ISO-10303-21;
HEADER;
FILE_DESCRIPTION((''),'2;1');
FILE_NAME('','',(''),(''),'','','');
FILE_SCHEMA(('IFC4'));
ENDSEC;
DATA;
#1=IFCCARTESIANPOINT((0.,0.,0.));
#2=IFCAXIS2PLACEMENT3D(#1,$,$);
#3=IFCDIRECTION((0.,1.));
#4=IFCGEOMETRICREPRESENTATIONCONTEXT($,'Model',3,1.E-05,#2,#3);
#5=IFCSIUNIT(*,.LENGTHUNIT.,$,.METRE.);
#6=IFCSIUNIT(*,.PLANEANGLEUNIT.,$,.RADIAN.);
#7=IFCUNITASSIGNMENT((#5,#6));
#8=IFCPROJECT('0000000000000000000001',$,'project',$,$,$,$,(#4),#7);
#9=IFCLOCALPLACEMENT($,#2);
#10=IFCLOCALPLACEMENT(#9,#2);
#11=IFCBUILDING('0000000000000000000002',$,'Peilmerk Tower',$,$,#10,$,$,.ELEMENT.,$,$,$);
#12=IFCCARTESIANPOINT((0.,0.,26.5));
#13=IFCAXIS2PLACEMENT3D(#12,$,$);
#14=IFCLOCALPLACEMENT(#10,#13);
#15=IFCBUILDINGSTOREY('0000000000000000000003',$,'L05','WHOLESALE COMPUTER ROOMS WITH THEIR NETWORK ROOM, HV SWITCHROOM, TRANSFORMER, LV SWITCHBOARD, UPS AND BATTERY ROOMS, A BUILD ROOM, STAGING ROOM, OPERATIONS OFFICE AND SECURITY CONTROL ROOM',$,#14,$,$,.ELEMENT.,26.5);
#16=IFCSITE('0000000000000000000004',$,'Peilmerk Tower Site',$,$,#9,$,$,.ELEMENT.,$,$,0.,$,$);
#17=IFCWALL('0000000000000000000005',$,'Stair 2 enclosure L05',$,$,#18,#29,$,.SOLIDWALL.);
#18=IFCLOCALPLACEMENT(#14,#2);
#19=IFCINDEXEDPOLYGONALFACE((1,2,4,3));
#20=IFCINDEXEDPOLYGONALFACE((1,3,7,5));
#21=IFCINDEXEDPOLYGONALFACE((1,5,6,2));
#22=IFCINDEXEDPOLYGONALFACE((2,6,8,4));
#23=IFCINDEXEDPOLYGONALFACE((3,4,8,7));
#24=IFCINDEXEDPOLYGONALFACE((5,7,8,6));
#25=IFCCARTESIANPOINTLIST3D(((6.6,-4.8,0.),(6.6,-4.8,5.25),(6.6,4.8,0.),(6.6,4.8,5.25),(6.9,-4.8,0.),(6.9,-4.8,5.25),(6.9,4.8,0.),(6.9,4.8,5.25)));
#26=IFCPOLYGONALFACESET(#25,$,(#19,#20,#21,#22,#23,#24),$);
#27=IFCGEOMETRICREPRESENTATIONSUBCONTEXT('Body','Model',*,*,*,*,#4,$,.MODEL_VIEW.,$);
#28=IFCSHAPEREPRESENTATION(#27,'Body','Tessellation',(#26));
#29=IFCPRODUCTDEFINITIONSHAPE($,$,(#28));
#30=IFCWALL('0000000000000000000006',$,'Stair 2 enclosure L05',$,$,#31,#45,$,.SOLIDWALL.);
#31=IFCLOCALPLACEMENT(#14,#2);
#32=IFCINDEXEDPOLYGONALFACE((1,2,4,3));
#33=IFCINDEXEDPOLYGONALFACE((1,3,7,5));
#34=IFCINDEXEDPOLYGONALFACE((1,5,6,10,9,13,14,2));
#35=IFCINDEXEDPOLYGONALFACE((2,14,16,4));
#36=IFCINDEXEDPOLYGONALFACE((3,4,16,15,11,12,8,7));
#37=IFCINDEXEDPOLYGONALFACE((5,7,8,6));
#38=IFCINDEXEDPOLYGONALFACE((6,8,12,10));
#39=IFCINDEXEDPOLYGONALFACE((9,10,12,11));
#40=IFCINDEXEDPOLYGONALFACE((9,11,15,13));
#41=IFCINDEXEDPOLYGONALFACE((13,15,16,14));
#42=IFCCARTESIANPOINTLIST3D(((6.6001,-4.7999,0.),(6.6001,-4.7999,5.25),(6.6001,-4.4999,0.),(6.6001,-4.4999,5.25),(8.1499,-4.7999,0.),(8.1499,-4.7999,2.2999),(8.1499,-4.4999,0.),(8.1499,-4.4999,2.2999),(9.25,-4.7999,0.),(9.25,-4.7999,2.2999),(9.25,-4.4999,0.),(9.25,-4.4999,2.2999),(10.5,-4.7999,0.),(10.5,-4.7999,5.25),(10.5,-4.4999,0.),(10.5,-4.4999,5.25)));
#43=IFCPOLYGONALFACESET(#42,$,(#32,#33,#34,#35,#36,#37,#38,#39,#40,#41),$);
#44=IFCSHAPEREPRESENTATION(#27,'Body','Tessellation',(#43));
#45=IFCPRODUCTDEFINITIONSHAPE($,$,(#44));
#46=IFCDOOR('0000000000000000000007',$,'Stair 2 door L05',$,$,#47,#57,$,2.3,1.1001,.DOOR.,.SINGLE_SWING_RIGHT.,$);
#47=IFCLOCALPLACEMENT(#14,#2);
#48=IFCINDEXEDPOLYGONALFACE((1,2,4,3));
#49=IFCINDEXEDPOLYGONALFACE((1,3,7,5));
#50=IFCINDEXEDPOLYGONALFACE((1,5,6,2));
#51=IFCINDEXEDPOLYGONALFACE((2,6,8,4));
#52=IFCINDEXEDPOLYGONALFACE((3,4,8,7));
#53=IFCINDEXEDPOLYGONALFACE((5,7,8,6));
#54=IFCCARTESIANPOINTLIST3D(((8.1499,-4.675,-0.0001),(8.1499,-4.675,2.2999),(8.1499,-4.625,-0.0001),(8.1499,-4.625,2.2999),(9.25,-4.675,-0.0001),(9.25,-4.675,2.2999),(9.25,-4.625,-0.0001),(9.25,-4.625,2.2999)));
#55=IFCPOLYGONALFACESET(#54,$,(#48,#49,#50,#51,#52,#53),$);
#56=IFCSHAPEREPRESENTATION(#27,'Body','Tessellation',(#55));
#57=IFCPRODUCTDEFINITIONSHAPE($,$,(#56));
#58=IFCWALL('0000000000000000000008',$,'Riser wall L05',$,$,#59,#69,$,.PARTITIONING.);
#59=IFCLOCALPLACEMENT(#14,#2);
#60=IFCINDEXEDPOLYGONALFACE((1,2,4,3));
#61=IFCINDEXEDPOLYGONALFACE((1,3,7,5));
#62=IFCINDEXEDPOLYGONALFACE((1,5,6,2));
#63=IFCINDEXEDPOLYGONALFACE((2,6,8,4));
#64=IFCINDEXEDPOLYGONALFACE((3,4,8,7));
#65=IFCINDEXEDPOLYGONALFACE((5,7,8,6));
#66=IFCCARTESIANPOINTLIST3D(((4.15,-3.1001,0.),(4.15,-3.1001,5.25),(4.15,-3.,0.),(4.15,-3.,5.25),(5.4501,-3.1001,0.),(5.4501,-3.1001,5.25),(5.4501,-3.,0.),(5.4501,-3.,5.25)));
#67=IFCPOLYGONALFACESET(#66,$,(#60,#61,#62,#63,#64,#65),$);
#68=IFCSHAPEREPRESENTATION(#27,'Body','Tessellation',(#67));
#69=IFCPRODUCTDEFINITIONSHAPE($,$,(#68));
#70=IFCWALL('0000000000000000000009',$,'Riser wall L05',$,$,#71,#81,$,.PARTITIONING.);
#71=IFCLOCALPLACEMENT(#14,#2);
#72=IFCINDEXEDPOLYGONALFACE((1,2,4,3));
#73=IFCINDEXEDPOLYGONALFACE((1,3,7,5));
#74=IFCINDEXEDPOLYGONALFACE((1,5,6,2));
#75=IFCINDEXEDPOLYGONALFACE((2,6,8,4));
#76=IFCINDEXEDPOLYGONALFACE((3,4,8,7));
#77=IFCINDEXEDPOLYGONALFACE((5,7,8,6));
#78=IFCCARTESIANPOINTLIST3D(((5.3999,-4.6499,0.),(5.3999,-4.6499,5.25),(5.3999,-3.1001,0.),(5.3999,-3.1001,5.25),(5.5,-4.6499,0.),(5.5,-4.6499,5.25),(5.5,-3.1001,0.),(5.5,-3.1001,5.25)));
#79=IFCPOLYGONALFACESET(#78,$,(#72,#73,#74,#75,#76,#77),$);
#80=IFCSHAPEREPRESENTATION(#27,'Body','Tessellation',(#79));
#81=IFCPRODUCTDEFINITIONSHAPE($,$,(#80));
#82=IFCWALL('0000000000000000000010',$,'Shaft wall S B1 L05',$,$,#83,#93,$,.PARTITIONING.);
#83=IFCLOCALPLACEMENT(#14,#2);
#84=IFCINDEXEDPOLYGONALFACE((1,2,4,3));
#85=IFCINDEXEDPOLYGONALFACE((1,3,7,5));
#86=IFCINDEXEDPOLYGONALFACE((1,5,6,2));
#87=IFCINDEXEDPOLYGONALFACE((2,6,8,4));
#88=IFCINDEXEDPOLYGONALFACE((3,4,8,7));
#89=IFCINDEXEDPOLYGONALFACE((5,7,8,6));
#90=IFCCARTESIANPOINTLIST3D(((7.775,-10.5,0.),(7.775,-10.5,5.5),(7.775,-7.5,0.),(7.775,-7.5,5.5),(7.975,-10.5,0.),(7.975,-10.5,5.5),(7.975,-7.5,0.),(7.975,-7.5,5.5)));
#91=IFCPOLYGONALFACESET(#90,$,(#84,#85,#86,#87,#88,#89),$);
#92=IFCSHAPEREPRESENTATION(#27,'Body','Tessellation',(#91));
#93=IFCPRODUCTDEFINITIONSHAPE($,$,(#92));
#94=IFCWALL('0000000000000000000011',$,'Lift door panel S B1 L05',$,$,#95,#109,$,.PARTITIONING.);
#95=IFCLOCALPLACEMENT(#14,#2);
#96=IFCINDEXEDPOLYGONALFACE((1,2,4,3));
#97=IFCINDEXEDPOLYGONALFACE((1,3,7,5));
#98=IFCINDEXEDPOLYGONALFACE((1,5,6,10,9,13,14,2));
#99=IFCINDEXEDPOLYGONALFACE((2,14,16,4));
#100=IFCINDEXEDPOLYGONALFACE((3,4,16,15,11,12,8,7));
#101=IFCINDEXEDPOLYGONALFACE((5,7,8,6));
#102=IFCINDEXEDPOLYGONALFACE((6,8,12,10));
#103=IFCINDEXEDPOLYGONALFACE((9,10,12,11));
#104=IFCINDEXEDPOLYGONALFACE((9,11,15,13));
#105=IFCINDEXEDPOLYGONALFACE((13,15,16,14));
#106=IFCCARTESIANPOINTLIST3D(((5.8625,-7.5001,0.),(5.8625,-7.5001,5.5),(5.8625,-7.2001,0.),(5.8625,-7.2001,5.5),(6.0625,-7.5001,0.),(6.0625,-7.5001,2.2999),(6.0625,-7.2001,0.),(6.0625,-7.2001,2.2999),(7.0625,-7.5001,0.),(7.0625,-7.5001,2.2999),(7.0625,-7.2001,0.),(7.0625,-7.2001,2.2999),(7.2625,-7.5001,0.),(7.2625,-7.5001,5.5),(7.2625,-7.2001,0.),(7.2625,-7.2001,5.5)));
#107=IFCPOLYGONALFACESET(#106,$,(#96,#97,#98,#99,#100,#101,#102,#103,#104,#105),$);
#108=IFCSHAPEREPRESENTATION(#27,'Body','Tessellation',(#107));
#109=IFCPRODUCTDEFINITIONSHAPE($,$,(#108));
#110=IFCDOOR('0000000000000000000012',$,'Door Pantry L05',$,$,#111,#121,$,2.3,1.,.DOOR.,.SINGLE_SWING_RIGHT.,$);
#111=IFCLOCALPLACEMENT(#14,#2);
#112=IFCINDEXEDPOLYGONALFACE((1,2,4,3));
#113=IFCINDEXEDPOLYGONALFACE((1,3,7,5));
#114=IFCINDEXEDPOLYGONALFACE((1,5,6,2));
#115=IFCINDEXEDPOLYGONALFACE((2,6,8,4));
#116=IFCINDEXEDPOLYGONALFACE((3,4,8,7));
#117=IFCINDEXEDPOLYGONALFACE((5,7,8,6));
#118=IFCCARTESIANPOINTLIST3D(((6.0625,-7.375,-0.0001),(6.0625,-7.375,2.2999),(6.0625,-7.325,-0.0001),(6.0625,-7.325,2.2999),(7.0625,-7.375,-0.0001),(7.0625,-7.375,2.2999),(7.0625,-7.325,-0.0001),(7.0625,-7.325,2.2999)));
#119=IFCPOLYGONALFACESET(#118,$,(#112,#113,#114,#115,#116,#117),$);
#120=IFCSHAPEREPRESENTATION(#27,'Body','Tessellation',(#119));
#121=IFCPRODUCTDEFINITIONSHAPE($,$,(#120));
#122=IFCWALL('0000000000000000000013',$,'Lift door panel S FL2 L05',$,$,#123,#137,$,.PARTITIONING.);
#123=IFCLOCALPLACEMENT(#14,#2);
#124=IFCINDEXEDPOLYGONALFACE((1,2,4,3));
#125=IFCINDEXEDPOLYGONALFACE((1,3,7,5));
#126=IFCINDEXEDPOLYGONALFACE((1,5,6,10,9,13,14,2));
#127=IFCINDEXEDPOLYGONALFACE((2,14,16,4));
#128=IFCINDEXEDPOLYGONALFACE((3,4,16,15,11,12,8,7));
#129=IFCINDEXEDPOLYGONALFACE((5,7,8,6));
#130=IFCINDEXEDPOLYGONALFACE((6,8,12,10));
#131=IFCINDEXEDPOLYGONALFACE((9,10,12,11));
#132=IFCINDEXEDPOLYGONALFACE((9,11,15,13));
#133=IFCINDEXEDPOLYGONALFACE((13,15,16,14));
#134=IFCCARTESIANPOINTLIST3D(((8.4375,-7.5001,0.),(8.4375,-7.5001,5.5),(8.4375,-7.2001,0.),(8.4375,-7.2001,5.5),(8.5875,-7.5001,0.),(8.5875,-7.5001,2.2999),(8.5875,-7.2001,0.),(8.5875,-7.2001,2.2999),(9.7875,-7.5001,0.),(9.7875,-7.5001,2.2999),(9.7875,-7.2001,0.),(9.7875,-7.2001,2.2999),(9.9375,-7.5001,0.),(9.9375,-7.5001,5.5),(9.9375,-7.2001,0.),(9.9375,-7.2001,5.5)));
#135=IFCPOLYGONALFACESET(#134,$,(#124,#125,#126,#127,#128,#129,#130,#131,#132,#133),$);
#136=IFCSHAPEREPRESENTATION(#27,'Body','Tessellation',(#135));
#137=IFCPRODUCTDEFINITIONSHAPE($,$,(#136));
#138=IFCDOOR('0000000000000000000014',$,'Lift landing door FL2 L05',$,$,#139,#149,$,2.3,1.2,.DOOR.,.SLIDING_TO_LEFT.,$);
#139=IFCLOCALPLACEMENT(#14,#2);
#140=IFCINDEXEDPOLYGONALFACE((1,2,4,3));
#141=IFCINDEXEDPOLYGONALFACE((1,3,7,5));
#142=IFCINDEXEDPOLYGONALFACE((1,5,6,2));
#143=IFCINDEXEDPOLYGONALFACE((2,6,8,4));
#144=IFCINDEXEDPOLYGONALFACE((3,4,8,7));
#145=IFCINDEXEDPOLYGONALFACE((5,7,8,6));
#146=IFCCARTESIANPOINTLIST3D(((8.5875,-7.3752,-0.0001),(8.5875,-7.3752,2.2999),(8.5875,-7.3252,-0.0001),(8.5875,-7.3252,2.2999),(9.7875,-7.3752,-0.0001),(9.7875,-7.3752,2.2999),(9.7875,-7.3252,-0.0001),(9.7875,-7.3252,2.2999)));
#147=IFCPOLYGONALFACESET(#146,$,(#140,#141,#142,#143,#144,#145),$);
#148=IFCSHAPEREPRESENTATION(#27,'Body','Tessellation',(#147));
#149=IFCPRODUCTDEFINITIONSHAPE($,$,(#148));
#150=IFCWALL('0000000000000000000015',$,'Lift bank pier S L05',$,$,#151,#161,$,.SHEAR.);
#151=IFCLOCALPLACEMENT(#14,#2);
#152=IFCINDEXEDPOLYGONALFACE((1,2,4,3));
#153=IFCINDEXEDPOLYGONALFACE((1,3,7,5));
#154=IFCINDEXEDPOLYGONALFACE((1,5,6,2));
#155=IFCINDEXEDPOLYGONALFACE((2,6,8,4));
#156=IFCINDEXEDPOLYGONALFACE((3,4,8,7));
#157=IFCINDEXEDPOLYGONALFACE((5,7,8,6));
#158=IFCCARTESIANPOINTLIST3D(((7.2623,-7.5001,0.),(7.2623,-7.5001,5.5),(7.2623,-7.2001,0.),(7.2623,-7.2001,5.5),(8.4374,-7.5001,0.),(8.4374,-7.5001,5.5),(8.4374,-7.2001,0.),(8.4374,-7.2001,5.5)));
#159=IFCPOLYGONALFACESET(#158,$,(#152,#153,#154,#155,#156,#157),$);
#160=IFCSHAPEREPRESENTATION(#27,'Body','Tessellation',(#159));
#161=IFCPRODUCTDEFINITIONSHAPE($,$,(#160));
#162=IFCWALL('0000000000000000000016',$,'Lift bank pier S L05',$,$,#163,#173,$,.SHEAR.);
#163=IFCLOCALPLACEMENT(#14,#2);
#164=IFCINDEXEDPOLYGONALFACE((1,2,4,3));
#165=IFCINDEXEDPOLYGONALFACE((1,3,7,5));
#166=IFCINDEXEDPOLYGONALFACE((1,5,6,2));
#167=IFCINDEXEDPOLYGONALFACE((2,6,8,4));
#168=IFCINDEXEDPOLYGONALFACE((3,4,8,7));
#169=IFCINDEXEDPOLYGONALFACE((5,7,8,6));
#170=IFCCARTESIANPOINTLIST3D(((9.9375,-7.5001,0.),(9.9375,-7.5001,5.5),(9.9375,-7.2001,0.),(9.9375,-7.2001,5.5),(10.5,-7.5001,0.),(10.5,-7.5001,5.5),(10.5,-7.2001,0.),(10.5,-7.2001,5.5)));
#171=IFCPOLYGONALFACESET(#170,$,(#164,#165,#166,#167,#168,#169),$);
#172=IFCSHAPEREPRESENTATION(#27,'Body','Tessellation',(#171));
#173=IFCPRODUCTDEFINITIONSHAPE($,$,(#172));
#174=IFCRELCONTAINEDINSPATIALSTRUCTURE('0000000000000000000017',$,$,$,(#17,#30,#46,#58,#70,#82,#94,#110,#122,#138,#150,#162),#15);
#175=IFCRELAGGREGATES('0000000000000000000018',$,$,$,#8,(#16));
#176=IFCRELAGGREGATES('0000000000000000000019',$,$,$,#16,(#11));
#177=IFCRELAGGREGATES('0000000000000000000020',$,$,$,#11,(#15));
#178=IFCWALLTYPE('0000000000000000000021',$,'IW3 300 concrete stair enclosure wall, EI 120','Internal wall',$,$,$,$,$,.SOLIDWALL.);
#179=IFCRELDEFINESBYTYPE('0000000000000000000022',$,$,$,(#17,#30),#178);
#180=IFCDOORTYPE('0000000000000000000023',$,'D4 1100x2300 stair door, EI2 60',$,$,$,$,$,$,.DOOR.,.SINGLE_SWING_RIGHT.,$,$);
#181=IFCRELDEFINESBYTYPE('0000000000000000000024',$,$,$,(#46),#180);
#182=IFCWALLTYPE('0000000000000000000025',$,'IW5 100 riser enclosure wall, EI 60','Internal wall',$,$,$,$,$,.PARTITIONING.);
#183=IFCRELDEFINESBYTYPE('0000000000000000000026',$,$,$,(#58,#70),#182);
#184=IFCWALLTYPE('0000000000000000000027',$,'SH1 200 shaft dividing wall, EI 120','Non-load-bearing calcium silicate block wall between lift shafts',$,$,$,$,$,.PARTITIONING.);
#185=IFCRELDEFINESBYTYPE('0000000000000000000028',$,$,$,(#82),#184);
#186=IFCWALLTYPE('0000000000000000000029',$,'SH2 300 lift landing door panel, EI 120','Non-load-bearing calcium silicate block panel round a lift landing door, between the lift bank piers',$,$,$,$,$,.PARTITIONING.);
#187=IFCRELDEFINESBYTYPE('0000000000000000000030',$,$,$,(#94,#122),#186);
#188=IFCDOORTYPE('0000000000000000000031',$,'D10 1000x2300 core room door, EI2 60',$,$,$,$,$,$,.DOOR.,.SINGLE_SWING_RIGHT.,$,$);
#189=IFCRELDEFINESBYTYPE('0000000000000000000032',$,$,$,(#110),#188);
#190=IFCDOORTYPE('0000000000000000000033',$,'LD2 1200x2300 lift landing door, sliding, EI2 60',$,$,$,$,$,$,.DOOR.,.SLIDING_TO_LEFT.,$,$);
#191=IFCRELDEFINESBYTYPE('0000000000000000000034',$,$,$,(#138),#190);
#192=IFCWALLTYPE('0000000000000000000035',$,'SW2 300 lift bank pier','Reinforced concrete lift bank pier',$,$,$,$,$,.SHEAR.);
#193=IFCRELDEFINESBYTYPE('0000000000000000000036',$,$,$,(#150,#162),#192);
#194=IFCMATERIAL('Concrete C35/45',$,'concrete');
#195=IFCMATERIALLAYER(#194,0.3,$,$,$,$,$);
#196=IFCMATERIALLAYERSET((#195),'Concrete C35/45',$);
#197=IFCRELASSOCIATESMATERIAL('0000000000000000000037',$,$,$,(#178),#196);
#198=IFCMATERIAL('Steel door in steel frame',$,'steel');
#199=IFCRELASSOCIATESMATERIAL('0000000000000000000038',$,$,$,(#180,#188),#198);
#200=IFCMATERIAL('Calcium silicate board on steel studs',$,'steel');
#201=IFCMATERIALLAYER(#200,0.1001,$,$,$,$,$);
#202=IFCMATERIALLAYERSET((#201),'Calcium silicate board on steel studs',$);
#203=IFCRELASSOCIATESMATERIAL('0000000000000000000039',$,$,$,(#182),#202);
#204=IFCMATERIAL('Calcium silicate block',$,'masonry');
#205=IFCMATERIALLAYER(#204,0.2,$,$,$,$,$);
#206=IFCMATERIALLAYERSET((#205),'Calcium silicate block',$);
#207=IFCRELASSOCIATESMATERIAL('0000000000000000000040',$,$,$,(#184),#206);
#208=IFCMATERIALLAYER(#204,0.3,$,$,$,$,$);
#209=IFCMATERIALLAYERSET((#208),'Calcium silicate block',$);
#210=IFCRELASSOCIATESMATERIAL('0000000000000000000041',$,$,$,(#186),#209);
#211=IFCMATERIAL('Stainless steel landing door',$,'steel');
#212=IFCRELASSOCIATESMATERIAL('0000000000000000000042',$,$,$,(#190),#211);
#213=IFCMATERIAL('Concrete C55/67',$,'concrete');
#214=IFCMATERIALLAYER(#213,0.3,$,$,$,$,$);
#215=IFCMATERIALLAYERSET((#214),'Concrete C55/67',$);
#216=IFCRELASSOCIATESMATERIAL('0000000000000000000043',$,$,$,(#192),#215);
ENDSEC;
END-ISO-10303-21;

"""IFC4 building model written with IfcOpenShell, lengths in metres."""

from ifc_helpers import new_model, si_unit, direction, frame, frame_2d, origin, place, context, subcontext, project, spatial, rectangle, extrude, material, layer, layer_set, type_object, element, fill, save


model = new_model("IFC4")

# Units and contexts
model_context = context("Model", 3, precision=1e-05, world=origin(), true_north=direction((0.0, 1.0)))
body_context = subcontext(model_context, "Body", "Model", "MODEL_VIEW")
ifc_project = project(units=[si_unit("LENGTHUNIT", "METRE"), si_unit("PLANEANGLEUNIT", "RADIAN")], contexts=[model_context])

# Site, building, storey
site_placement = place(None, origin())
site = spatial("IfcSite", under=ifc_project, at=site_placement, Name="Peilmerk Tower Site", CompositionType="ELEMENT", RefElevation=0.0)
building_placement = place(site_placement, origin())
building = spatial("IfcBuilding", under=site, at=building_placement, Name="Peilmerk Tower", CompositionType="ELEMENT")
storey_placement = place(building_placement, frame((0.0, 0.0, 26.5)))
storey = spatial("IfcBuildingStorey", under=building, at=storey_placement, Name="L05", Description="WHOLESALE COMPUTER ROOMS WITH THEIR NETWORK ROOM, HV SWITCHROOM, TRANSFORMER, LV SWITCHBOARD, UPS AND BATTERY ROOMS, A BUILD ROOM, STAGING ROOM, OPERATIONS OFFICE AND SECURITY CONTROL ROOM", CompositionType="ELEMENT", Elevation=26.5)

# Wall
ifc_material_1 = material(Name="Concrete C35/45", Category="concrete")
ifc_layer_1 = layer(ifc_material_1, 0.3)
ifc_layer_set_1 = layer_set([ifc_layer_1], Name="Concrete C35/45")
wall_type_1 = type_object("IfcWallType", Name="IW3 300 concrete stair enclosure wall, EI 120", Description="Internal wall", PredefinedType="SOLIDWALL", material=ifc_layer_set_1)
wall_1_placement = place(storey_placement, frame((6.75, -4.8, 0.0), z_axis=(0.0, 0.0, 1.0), x_axis=(0.0, 1.0, 0.0)))
element("IfcWall", 1, at=wall_1_placement, inside=storey, type_object=wall_type_1, Name="Stair 2 enclosure L05", PredefinedType="SOLIDWALL", context=body_context, shape_type="SweptSolid", body=[
    extrude(rectangle(XDim=9.6001, YDim=0.3, at=frame_2d((4.8, 0.0))), origin(), (0.0, 0.0, 1.0), 5.25),
])

# Wall, opening, door
wall_2_placement = place(storey_placement, frame((10.5, -4.6499, 0.0), z_axis=(0.0, 0.0, 1.0), x_axis=(-1.0, 0.0, 0.0)))
wall_2 = element("IfcWall", 2, at=wall_2_placement, inside=storey, type_object=wall_type_1, Name="Stair 2 enclosure L05", PredefinedType="SOLIDWALL", context=body_context, shape_type="SweptSolid", body=[
    extrude(rectangle(XDim=3.8999, YDim=0.3, at=frame_2d((1.95, 0.0))), origin(), (0.0, 0.0, 1.0), 5.25),
])
opening_1_placement = place(wall_2_placement, frame((1.25, 0.0, 0.0)))
opening_1 = element("IfcOpeningElement", 3, at=opening_1_placement, cuts=wall_2, PredefinedType="OPENING", context=body_context, shape_type="SweptSolid", body=[
    extrude(rectangle(XDim=1.1001, YDim=2.3, at=frame_2d((0.55, 1.1499))), frame((0.0, 0.1599, 0.0), z_axis=(0.0, -1.0, 0.0), x_axis=(1.0, 0.0, 0.0)), (0.0, 0.0, 1.0), 0.3201),
])
ifc_material_2 = material(Name="Steel door in steel frame", Category="steel")
door_type_1 = type_object("IfcDoorType", Name="D4 1100x2300 stair door, EI2 60", OperationType="SINGLE_SWING_RIGHT", PredefinedType="DOOR", material=ifc_material_2)
door_1_placement = place(opening_1_placement, frame((1.1001, 0.0, 0.0), z_axis=(0.0, 0.0, 1.0), x_axis=(-1.0, 0.0, 0.0)))
door_1 = element("IfcDoor", 4, at=door_1_placement, inside=storey, type_object=door_type_1, Name="Stair 2 door L05", OperationType="SINGLE_SWING_RIGHT", OverallHeight=2.3, OverallWidth=1.1001, PredefinedType="DOOR", context=body_context, shape_type="SweptSolid", body=[
    extrude(rectangle(XDim=1.1001, YDim=2.3, at=frame_2d((0.55, 1.1499))), frame((0.0, 0.0249, 0.0), z_axis=(0.0, -1.0, 0.0), x_axis=(1.0, 0.0, 0.0)), (0.0, 0.0, 1.0), 0.05),
])
fill(opening_1, door_1)

# Walls
ifc_material_3 = material(Name="Calcium silicate board on steel studs", Category="steel")
ifc_layer_2 = layer(ifc_material_3, 0.1001)
ifc_layer_set_2 = layer_set([ifc_layer_2], Name="Calcium silicate board on steel studs")
wall_type_2 = type_object("IfcWallType", Name="IW5 100 riser enclosure wall, EI 60", Description="Internal wall", PredefinedType="PARTITIONING", material=ifc_layer_set_2)
wall_3_placement = place(storey_placement, frame((5.45, -3.05, 0.0), z_axis=(0.0, 0.0, 1.0), x_axis=(-1.0, 0.0, 0.0)))
element("IfcWall", 5, at=wall_3_placement, inside=storey, type_object=wall_type_2, Name="Riser wall L05", PredefinedType="PARTITIONING", context=body_context, shape_type="SweptSolid", body=[
    extrude(rectangle(XDim=1.3, YDim=0.1001, at=frame_2d((0.6499, 0.0))), origin(), (0.0, 0.0, 1.0), 5.25),
])
wall_4_placement = place(storey_placement, frame((5.45, -3.1001, 0.0), z_axis=(0.0, 0.0, 1.0), x_axis=(0.0, -1.0, 0.0)))
element("IfcWall", 6, at=wall_4_placement, inside=storey, type_object=wall_type_2, Name="Riser wall L05", PredefinedType="PARTITIONING", context=body_context, shape_type="SweptSolid", body=[
    extrude(rectangle(XDim=1.5498, YDim=0.1001, at=frame_2d((0.7749, 0.0))), origin(), (0.0, 0.0, 1.0), 5.25),
])
ifc_material_4 = material(Name="Calcium silicate block", Category="masonry")
ifc_layer_3 = layer(ifc_material_4, 0.2)
ifc_layer_set_3 = layer_set([ifc_layer_3], Name="Calcium silicate block")
wall_type_3 = type_object("IfcWallType", Name="SH1 200 shaft dividing wall, EI 120", Description="Non-load-bearing calcium silicate block wall between lift shafts", PredefinedType="PARTITIONING", material=ifc_layer_set_3)
wall_5_placement = place(storey_placement, frame((7.875, -10.5, 0.0), z_axis=(0.0, 0.0, 1.0), x_axis=(0.0, 1.0, 0.0)))
element("IfcWall", 7, at=wall_5_placement, inside=storey, type_object=wall_type_3, Name="Shaft wall S B1 L05", PredefinedType="PARTITIONING", context=body_context, shape_type="SweptSolid", body=[
    extrude(rectangle(XDim=3.0, YDim=0.2, at=frame_2d((1.5, 0.0))), origin(), (0.0, 0.0, 1.0), 5.5),
])

# Walls, openings, doors
ifc_layer_4 = layer(ifc_material_4, 0.3)
ifc_layer_set_4 = layer_set([ifc_layer_4], Name="Calcium silicate block")
wall_type_4 = type_object("IfcWallType", Name="SH2 300 lift landing door panel, EI 120", Description="Non-load-bearing calcium silicate block panel round a lift landing door, between the lift bank piers", PredefinedType="PARTITIONING", material=ifc_layer_set_4)
wall_6_placement = place(storey_placement, frame((5.8625, -7.3501, 0.0), z_axis=(0.0, 0.0, 1.0), x_axis=(1.0, 0.0, 0.0)))
wall_6 = element("IfcWall", 8, at=wall_6_placement, inside=storey, type_object=wall_type_4, Name="Lift door panel S B1 L05", PredefinedType="PARTITIONING", context=body_context, shape_type="SweptSolid", body=[
    extrude(rectangle(XDim=1.3999, YDim=0.3, at=frame_2d((0.7, 0.0))), origin(), (0.0, 0.0, 1.0), 5.5),
])
opening_2_placement = place(wall_6_placement, frame((0.2, 0.0, 0.0)))
opening_2 = element("IfcOpeningElement", 9, at=opening_2_placement, cuts=wall_6, PredefinedType="OPENING", context=body_context, shape_type="SweptSolid", body=[
    extrude(rectangle(XDim=1.0, YDim=2.3, at=frame_2d((0.5, 1.1499))), frame((0.0, 0.1599, 0.0), z_axis=(0.0, -1.0, 0.0), x_axis=(1.0, 0.0, 0.0)), (0.0, 0.0, 1.0), 0.3201),
])
door_type_2 = type_object("IfcDoorType", Name="D10 1000x2300 core room door, EI2 60", OperationType="SINGLE_SWING_RIGHT", PredefinedType="DOOR", material=ifc_material_2)
door_2_placement = place(opening_2_placement, frame((1.0, 0.0, 0.0), z_axis=(0.0, 0.0, 1.0), x_axis=(-1.0, 0.0, 0.0)))
door_2 = element("IfcDoor", 10, at=door_2_placement, inside=storey, type_object=door_type_2, Name="Door Pantry L05", OperationType="SINGLE_SWING_RIGHT", OverallHeight=2.3, OverallWidth=1.0, PredefinedType="DOOR", context=body_context, shape_type="SweptSolid", body=[
    extrude(rectangle(XDim=1.0, YDim=2.3, at=frame_2d((0.5, 1.1499))), frame((0.0, 0.0249, 0.0), z_axis=(0.0, -1.0, 0.0), x_axis=(1.0, 0.0, 0.0)), (0.0, 0.0, 1.0), 0.05),
])
fill(opening_2, door_2)
wall_7_placement = place(storey_placement, frame((8.4375, -7.3501, 0.0), z_axis=(0.0, 0.0, 1.0), x_axis=(1.0, 0.0, 0.0)))
wall_7 = element("IfcWall", 11, at=wall_7_placement, inside=storey, type_object=wall_type_4, Name="Lift door panel S FL2 L05", PredefinedType="PARTITIONING", context=body_context, shape_type="SweptSolid", body=[
    extrude(rectangle(XDim=1.5, YDim=0.3, at=frame_2d((0.75, 0.0))), origin(), (0.0, 0.0, 1.0), 5.5),
])
opening_3_placement = place(wall_7_placement, frame((0.1499, 0.0, 0.0)))
opening_3 = element("IfcOpeningElement", 12, at=opening_3_placement, cuts=wall_7, PredefinedType="OPENING", context=body_context, shape_type="SweptSolid", body=[
    extrude(rectangle(XDim=1.2, YDim=2.3, at=frame_2d((0.6001, 1.1499))), frame((0.0, 0.1599, 0.0), z_axis=(0.0, -1.0, 0.0), x_axis=(1.0, 0.0, 0.0)), (0.0, 0.0, 1.0), 0.3201),
])
ifc_material_5 = material(Name="Stainless steel landing door", Category="steel")
door_type_3 = type_object("IfcDoorType", Name="LD2 1200x2300 lift landing door, sliding, EI2 60", OperationType="SLIDING_TO_LEFT", PredefinedType="DOOR", material=ifc_material_5)
door_3_placement = place(opening_3_placement, origin())
door_3 = element("IfcDoor", 13, at=door_3_placement, inside=storey, type_object=door_type_3, Name="Lift landing door FL2 L05", OperationType="SLIDING_TO_LEFT", OverallHeight=2.3, OverallWidth=1.2, PredefinedType="DOOR", context=body_context, shape_type="SweptSolid", body=[
    extrude(rectangle(XDim=1.2, YDim=2.3, at=frame_2d((0.6001, 1.1499))), frame((0.0, 0.0249, 0.0), z_axis=(0.0, -1.0, 0.0), x_axis=(1.0, 0.0, 0.0)), (0.0, 0.0, 1.0), 0.05),
])
fill(opening_3, door_3)

# Walls
ifc_material_6 = material(Name="Concrete C55/67", Category="concrete")
ifc_layer_5 = layer(ifc_material_6, 0.3)
ifc_layer_set_5 = layer_set([ifc_layer_5], Name="Concrete C55/67")
wall_type_5 = type_object("IfcWallType", Name="SW2 300 lift bank pier", Description="Reinforced concrete lift bank pier", PredefinedType="SHEAR", material=ifc_layer_set_5)
wall_8_placement = place(storey_placement, frame((7.2625, -7.3501, 0.0), z_axis=(0.0, 0.0, 1.0), x_axis=(1.0, 0.0, 0.0)))
element("IfcWall", 14, at=wall_8_placement, inside=storey, type_object=wall_type_5, Name="Lift bank pier S L05", PredefinedType="SHEAR", context=body_context, shape_type="SweptSolid", body=[
    extrude(rectangle(XDim=1.175, YDim=0.3, at=frame_2d((0.5874, 0.0))), origin(), (0.0, 0.0, 1.0), 5.5),
])
wall_9_placement = place(storey_placement, frame((9.9375, -7.3501, 0.0), z_axis=(0.0, 0.0, 1.0), x_axis=(1.0, 0.0, 0.0)))
element("IfcWall", 15, at=wall_9_placement, inside=storey, type_object=wall_type_5, Name="Lift bank pier S L05", PredefinedType="SHEAR", context=body_context, shape_type="SweptSolid", body=[
    extrude(rectangle(XDim=0.5625, YDim=0.3, at=frame_2d((0.2812, 0.0))), origin(), (0.0, 0.0, 1.0), 5.5),
])

save(model, "model.ifc")
